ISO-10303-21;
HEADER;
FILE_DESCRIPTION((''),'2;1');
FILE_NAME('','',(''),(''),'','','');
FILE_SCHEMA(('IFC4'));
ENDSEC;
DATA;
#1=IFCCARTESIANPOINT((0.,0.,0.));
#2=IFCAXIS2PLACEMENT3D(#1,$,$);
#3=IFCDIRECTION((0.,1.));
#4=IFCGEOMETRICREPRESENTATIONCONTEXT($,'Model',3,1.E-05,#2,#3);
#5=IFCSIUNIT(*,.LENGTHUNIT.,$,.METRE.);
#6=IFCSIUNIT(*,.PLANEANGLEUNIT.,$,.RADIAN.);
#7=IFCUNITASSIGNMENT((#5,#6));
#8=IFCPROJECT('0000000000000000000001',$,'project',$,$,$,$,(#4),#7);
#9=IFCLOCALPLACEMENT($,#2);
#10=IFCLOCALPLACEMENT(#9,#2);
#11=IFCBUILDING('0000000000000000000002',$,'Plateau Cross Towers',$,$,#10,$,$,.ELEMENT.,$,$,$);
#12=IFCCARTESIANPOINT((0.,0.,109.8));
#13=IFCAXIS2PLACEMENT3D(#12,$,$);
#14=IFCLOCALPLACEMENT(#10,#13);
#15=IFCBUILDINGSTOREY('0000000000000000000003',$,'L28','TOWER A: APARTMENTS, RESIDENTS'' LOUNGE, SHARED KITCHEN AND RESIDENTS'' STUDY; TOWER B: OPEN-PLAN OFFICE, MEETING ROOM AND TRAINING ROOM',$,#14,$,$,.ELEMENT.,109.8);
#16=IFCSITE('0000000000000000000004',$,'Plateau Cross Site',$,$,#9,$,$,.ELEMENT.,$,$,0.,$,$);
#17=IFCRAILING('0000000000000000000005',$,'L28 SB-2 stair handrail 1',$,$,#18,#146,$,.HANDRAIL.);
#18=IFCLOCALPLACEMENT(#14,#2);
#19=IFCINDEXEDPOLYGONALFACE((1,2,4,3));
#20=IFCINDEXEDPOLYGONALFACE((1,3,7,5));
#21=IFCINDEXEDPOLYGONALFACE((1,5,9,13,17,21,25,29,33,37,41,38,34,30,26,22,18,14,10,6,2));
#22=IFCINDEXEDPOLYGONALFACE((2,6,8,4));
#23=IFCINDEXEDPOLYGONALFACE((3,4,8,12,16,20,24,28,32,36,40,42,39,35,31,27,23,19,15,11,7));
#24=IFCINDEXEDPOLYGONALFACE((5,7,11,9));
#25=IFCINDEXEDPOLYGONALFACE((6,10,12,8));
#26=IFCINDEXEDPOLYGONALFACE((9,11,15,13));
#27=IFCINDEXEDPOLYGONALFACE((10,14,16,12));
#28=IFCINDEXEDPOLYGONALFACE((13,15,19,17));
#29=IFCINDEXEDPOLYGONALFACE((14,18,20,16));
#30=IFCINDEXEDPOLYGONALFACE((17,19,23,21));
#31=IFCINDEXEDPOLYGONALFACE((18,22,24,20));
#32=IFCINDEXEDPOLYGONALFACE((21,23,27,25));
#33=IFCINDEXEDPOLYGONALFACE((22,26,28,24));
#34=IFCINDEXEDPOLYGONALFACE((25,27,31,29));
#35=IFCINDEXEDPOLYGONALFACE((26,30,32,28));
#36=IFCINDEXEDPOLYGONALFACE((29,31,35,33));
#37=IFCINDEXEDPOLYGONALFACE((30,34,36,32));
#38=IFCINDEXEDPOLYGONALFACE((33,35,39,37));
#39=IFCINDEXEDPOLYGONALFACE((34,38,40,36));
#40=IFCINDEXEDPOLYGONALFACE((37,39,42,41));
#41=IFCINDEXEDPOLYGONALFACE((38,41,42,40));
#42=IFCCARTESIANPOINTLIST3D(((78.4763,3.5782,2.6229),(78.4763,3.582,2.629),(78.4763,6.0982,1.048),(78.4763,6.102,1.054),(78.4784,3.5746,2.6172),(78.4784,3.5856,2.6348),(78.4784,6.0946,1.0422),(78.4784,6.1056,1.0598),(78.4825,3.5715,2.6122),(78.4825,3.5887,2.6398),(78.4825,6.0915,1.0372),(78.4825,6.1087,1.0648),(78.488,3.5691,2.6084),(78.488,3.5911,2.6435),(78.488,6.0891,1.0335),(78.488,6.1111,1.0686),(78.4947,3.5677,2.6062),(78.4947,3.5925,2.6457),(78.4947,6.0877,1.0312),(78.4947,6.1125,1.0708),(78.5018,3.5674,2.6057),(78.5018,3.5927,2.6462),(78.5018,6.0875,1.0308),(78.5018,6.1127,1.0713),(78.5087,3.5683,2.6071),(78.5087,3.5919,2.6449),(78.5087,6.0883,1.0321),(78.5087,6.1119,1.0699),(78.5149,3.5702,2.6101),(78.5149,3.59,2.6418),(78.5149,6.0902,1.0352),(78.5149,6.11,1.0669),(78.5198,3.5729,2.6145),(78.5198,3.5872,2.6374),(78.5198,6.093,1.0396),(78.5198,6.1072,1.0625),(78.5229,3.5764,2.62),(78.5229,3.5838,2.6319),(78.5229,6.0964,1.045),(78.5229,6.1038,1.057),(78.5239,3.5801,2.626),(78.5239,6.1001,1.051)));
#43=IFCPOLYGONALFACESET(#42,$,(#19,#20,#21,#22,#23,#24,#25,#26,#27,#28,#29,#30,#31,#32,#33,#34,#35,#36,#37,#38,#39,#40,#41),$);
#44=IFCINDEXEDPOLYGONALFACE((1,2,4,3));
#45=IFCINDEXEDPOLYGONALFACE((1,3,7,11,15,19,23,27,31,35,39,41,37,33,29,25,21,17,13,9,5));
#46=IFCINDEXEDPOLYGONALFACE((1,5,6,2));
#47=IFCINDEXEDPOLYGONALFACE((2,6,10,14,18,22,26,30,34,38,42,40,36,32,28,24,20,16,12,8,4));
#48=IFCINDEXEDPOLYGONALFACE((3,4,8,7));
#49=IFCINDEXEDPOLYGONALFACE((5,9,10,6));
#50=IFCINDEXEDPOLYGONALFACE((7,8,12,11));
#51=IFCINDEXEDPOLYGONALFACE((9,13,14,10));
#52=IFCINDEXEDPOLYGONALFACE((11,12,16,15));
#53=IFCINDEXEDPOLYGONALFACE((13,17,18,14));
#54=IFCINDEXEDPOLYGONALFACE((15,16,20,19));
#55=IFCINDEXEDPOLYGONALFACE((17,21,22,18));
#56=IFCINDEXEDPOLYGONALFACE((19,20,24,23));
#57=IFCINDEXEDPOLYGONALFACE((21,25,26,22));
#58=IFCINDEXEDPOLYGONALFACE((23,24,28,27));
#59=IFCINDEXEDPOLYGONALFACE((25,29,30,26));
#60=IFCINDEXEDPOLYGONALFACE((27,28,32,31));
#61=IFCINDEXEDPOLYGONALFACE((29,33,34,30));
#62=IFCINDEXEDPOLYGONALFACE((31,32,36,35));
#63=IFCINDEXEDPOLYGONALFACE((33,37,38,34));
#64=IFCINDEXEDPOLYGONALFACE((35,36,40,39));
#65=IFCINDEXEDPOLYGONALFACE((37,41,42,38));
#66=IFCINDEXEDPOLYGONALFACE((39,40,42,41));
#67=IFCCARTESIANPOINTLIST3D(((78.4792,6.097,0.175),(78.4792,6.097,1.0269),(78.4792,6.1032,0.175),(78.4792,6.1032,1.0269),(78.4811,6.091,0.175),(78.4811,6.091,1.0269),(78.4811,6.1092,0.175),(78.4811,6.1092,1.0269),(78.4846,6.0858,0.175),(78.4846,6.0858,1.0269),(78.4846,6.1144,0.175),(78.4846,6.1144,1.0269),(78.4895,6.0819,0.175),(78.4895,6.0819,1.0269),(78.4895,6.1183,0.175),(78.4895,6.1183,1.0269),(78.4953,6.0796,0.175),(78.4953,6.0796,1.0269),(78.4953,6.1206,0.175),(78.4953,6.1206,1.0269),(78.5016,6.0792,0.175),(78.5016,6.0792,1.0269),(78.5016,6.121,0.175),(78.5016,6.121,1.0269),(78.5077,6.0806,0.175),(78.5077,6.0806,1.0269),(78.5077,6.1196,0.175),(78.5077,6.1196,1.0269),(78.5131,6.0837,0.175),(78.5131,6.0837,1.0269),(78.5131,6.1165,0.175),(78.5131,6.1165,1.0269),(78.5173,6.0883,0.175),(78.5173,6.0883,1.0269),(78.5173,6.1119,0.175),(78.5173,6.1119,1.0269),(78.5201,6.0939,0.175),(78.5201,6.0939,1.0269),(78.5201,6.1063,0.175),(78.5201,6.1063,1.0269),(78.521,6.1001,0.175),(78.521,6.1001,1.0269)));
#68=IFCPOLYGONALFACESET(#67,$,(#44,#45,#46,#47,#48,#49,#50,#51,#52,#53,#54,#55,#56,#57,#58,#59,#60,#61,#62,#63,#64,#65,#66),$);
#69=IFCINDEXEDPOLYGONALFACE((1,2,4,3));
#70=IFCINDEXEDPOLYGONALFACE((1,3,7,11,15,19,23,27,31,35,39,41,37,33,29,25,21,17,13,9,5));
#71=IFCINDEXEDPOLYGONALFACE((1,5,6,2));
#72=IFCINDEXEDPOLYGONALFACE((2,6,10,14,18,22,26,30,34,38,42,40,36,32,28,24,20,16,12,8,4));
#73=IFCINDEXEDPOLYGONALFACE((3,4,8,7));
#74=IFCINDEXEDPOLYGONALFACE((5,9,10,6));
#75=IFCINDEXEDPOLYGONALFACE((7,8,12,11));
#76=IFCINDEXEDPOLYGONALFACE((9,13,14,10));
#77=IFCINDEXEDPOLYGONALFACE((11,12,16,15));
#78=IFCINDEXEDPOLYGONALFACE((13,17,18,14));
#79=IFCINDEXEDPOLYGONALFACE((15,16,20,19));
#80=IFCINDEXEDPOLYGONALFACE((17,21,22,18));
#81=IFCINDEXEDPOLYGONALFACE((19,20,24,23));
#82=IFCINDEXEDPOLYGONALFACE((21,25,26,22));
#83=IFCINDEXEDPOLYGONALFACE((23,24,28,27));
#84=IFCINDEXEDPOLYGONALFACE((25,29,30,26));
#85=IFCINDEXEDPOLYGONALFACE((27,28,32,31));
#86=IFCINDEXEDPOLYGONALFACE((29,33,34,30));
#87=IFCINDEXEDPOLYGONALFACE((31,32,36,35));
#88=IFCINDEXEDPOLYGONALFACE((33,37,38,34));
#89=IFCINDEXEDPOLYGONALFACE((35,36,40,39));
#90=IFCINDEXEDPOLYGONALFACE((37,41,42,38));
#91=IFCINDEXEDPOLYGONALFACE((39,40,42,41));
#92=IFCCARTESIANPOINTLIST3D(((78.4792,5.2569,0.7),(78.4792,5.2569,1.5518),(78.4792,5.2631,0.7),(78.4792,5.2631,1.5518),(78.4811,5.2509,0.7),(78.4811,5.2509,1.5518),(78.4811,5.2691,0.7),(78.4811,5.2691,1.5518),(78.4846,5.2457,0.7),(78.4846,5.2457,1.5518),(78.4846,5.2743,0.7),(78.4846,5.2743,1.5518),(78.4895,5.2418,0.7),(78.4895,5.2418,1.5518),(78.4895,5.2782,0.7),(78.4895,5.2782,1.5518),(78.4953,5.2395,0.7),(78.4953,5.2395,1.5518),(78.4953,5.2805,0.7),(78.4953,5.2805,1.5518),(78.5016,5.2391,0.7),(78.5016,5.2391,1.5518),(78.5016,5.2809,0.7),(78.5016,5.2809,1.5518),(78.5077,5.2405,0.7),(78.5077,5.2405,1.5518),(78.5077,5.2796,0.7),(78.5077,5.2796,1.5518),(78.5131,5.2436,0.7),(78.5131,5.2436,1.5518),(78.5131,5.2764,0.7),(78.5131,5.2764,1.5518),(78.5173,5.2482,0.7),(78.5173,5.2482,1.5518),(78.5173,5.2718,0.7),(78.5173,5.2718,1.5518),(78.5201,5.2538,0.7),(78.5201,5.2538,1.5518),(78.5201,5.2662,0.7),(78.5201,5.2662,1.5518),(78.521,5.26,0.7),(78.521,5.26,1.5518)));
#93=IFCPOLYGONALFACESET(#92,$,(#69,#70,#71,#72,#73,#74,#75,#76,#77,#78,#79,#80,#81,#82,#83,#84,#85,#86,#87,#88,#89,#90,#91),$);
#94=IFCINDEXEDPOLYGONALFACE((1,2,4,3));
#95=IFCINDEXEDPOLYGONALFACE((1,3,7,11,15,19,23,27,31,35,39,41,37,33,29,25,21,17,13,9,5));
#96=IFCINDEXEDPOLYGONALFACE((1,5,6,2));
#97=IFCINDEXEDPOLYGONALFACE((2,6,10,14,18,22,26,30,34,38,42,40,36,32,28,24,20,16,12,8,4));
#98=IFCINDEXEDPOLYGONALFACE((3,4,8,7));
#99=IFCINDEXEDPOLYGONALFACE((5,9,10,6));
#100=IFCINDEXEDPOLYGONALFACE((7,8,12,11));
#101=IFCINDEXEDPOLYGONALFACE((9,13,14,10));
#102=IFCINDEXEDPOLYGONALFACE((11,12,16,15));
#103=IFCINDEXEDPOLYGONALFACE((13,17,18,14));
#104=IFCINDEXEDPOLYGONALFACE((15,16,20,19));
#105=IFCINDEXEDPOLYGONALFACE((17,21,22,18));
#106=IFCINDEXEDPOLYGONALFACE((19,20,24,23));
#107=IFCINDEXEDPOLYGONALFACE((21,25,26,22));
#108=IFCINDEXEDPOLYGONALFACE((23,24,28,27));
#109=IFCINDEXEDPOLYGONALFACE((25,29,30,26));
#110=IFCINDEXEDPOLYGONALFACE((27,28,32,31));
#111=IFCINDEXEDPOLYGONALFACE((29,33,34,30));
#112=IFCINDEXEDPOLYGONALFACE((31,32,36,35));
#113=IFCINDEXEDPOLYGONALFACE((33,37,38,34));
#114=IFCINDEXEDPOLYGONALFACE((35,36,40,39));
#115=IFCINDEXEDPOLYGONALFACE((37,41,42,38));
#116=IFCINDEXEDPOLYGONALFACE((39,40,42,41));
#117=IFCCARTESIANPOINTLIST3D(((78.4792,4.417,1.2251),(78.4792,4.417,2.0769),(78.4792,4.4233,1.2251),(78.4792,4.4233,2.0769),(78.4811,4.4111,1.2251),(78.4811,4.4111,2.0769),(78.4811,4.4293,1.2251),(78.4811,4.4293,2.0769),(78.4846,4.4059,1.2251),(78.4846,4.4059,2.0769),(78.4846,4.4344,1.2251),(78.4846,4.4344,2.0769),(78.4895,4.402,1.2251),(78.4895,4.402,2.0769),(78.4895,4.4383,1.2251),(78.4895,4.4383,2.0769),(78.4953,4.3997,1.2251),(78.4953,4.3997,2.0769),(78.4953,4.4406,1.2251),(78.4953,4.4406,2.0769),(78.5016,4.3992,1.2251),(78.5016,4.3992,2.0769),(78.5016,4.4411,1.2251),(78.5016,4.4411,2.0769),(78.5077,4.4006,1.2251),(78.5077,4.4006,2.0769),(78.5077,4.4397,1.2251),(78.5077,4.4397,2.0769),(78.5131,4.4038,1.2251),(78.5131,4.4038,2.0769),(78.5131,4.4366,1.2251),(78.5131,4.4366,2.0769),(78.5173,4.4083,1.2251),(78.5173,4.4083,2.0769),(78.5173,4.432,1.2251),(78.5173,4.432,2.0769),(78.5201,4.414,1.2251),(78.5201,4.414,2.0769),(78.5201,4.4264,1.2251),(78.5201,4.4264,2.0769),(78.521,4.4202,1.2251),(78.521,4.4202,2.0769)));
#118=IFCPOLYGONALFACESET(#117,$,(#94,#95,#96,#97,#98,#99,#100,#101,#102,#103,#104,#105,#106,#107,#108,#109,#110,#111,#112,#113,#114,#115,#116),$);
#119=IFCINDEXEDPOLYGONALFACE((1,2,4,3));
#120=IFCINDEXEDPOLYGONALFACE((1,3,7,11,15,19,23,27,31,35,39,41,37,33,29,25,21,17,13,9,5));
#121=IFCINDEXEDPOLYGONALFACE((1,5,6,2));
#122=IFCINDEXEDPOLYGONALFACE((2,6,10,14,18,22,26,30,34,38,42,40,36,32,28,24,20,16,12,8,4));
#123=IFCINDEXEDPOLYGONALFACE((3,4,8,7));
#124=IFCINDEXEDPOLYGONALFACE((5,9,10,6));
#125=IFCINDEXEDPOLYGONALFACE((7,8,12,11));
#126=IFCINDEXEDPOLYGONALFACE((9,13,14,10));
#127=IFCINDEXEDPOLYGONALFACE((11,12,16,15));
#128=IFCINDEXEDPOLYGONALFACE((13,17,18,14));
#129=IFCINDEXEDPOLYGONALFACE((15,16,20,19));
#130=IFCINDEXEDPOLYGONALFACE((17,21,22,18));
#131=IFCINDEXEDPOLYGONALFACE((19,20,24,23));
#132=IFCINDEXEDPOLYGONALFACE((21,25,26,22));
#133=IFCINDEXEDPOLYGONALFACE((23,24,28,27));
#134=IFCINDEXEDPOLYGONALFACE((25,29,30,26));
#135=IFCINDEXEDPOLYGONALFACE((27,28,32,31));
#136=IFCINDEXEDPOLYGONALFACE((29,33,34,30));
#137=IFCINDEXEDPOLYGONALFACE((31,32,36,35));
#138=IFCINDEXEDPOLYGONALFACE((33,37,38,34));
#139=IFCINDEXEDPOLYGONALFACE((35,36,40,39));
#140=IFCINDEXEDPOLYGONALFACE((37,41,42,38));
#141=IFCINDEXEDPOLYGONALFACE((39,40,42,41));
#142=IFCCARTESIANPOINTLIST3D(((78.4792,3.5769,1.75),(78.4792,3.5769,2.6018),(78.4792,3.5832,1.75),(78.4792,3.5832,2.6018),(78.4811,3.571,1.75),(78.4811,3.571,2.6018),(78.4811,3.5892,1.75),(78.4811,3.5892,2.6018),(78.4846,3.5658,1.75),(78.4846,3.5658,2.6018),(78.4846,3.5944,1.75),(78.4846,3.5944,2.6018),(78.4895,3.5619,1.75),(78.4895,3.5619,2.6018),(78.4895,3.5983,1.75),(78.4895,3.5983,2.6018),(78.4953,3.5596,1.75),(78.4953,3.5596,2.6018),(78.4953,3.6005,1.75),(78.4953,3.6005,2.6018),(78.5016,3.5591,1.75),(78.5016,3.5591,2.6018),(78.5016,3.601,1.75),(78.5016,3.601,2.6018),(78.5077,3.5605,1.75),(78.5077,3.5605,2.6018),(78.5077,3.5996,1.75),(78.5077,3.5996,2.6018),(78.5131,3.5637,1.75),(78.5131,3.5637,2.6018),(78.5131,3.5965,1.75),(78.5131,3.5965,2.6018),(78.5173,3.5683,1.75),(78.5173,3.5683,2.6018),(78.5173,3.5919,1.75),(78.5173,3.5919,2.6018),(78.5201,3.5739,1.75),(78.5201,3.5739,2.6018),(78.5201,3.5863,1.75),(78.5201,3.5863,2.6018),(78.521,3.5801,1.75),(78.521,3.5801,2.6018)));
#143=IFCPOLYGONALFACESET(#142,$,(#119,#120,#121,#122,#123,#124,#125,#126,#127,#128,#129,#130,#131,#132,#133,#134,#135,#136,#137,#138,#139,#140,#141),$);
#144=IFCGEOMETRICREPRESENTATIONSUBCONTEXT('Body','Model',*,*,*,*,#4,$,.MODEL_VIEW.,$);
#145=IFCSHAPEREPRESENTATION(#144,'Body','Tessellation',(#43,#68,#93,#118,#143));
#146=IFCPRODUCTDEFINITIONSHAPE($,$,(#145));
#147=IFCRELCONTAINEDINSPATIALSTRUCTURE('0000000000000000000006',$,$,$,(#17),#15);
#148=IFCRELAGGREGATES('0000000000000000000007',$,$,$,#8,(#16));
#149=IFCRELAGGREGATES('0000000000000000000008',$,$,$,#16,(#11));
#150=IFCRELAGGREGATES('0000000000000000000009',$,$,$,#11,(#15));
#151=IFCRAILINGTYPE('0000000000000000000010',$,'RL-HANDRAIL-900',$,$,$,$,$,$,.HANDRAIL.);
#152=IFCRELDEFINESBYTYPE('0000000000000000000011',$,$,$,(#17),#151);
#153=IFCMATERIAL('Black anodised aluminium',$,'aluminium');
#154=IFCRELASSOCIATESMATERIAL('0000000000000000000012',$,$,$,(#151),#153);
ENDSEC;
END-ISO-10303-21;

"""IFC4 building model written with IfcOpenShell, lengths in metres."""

from ifc_helpers import new_model, si_unit, direction, frame, origin, origin_2d, place, context, subcontext, project, spatial, circle, extrude, material, type_object, element, save


model = new_model("IFC4")

# Units and contexts
model_context = context("Model", 3, precision=1e-05, world=origin(), true_north=direction((0.0, 1.0)))
body_context = subcontext(model_context, "Body", "Model", "MODEL_VIEW")
ifc_project = project(units=[si_unit("LENGTHUNIT", "METRE"), si_unit("PLANEANGLEUNIT", "RADIAN")], contexts=[model_context])

# Site, building, storey
site_placement = place(None, origin())
site = spatial("IfcSite", under=ifc_project, at=site_placement, Name="Plateau Cross Site", CompositionType="ELEMENT", RefElevation=0.0)
building_placement = place(site_placement, origin())
building = spatial("IfcBuilding", under=site, at=building_placement, Name="Plateau Cross Towers", CompositionType="ELEMENT")
storey_placement = place(building_placement, frame((0.0, 0.0, 109.8)))
storey = spatial("IfcBuildingStorey", under=building, at=storey_placement, Name="L28", Description="TOWER A: APARTMENTS, RESIDENTS' LOUNGE, SHARED KITCHEN AND RESIDENTS' STUDY; TOWER B: OPEN-PLAN OFFICE, MEETING ROOM AND TRAINING ROOM", CompositionType="ELEMENT", Elevation=109.8)

# Shared definitions
ifc_material_1 = material(Name="Black anodised aluminium", Category="aluminium")

# Railing
railing_type_1 = type_object("IfcRailingType", Name="RL-HANDRAIL-900", PredefinedType="HANDRAIL", material=ifc_material_1)
railing_1_placement = place(storey_placement, frame((78.5, 6.1001, 0.175)))
element("IfcRailing", 1, at=railing_1_placement, inside=storey, type_object=railing_type_1, Name="L28 SB-2 stair handrail 1", PredefinedType="HANDRAIL", context=body_context, shape_type="SweptSolid", body=[
    extrude(circle(Radius=0.0239, at=origin_2d()), frame((0.0, 0.0, 0.876), z_axis=(0.0, -0.848008, 0.529984), x_axis=(1.0, 0.0, 0.0)), (0.0, 0.0, 1.0), 2.9717),
    extrude(circle(Radius=0.021, at=origin_2d()), origin(), (0.0, 0.0, 1.0), 0.8518),
    extrude(circle(Radius=0.021, at=origin_2d()), frame((0.0, -0.8401, 0.5249)), (0.0, 0.0, 1.0), 0.8518),
    extrude(circle(Radius=0.021, at=origin_2d()), frame((0.0, -1.6799, 1.05)), (0.0, 0.0, 1.0), 0.8518),
    extrude(circle(Radius=0.021, at=origin_2d()), frame((0.0, -2.52, 1.575)), (0.0, 0.0, 1.0), 0.8518),
])

save(model, "model.ifc")
